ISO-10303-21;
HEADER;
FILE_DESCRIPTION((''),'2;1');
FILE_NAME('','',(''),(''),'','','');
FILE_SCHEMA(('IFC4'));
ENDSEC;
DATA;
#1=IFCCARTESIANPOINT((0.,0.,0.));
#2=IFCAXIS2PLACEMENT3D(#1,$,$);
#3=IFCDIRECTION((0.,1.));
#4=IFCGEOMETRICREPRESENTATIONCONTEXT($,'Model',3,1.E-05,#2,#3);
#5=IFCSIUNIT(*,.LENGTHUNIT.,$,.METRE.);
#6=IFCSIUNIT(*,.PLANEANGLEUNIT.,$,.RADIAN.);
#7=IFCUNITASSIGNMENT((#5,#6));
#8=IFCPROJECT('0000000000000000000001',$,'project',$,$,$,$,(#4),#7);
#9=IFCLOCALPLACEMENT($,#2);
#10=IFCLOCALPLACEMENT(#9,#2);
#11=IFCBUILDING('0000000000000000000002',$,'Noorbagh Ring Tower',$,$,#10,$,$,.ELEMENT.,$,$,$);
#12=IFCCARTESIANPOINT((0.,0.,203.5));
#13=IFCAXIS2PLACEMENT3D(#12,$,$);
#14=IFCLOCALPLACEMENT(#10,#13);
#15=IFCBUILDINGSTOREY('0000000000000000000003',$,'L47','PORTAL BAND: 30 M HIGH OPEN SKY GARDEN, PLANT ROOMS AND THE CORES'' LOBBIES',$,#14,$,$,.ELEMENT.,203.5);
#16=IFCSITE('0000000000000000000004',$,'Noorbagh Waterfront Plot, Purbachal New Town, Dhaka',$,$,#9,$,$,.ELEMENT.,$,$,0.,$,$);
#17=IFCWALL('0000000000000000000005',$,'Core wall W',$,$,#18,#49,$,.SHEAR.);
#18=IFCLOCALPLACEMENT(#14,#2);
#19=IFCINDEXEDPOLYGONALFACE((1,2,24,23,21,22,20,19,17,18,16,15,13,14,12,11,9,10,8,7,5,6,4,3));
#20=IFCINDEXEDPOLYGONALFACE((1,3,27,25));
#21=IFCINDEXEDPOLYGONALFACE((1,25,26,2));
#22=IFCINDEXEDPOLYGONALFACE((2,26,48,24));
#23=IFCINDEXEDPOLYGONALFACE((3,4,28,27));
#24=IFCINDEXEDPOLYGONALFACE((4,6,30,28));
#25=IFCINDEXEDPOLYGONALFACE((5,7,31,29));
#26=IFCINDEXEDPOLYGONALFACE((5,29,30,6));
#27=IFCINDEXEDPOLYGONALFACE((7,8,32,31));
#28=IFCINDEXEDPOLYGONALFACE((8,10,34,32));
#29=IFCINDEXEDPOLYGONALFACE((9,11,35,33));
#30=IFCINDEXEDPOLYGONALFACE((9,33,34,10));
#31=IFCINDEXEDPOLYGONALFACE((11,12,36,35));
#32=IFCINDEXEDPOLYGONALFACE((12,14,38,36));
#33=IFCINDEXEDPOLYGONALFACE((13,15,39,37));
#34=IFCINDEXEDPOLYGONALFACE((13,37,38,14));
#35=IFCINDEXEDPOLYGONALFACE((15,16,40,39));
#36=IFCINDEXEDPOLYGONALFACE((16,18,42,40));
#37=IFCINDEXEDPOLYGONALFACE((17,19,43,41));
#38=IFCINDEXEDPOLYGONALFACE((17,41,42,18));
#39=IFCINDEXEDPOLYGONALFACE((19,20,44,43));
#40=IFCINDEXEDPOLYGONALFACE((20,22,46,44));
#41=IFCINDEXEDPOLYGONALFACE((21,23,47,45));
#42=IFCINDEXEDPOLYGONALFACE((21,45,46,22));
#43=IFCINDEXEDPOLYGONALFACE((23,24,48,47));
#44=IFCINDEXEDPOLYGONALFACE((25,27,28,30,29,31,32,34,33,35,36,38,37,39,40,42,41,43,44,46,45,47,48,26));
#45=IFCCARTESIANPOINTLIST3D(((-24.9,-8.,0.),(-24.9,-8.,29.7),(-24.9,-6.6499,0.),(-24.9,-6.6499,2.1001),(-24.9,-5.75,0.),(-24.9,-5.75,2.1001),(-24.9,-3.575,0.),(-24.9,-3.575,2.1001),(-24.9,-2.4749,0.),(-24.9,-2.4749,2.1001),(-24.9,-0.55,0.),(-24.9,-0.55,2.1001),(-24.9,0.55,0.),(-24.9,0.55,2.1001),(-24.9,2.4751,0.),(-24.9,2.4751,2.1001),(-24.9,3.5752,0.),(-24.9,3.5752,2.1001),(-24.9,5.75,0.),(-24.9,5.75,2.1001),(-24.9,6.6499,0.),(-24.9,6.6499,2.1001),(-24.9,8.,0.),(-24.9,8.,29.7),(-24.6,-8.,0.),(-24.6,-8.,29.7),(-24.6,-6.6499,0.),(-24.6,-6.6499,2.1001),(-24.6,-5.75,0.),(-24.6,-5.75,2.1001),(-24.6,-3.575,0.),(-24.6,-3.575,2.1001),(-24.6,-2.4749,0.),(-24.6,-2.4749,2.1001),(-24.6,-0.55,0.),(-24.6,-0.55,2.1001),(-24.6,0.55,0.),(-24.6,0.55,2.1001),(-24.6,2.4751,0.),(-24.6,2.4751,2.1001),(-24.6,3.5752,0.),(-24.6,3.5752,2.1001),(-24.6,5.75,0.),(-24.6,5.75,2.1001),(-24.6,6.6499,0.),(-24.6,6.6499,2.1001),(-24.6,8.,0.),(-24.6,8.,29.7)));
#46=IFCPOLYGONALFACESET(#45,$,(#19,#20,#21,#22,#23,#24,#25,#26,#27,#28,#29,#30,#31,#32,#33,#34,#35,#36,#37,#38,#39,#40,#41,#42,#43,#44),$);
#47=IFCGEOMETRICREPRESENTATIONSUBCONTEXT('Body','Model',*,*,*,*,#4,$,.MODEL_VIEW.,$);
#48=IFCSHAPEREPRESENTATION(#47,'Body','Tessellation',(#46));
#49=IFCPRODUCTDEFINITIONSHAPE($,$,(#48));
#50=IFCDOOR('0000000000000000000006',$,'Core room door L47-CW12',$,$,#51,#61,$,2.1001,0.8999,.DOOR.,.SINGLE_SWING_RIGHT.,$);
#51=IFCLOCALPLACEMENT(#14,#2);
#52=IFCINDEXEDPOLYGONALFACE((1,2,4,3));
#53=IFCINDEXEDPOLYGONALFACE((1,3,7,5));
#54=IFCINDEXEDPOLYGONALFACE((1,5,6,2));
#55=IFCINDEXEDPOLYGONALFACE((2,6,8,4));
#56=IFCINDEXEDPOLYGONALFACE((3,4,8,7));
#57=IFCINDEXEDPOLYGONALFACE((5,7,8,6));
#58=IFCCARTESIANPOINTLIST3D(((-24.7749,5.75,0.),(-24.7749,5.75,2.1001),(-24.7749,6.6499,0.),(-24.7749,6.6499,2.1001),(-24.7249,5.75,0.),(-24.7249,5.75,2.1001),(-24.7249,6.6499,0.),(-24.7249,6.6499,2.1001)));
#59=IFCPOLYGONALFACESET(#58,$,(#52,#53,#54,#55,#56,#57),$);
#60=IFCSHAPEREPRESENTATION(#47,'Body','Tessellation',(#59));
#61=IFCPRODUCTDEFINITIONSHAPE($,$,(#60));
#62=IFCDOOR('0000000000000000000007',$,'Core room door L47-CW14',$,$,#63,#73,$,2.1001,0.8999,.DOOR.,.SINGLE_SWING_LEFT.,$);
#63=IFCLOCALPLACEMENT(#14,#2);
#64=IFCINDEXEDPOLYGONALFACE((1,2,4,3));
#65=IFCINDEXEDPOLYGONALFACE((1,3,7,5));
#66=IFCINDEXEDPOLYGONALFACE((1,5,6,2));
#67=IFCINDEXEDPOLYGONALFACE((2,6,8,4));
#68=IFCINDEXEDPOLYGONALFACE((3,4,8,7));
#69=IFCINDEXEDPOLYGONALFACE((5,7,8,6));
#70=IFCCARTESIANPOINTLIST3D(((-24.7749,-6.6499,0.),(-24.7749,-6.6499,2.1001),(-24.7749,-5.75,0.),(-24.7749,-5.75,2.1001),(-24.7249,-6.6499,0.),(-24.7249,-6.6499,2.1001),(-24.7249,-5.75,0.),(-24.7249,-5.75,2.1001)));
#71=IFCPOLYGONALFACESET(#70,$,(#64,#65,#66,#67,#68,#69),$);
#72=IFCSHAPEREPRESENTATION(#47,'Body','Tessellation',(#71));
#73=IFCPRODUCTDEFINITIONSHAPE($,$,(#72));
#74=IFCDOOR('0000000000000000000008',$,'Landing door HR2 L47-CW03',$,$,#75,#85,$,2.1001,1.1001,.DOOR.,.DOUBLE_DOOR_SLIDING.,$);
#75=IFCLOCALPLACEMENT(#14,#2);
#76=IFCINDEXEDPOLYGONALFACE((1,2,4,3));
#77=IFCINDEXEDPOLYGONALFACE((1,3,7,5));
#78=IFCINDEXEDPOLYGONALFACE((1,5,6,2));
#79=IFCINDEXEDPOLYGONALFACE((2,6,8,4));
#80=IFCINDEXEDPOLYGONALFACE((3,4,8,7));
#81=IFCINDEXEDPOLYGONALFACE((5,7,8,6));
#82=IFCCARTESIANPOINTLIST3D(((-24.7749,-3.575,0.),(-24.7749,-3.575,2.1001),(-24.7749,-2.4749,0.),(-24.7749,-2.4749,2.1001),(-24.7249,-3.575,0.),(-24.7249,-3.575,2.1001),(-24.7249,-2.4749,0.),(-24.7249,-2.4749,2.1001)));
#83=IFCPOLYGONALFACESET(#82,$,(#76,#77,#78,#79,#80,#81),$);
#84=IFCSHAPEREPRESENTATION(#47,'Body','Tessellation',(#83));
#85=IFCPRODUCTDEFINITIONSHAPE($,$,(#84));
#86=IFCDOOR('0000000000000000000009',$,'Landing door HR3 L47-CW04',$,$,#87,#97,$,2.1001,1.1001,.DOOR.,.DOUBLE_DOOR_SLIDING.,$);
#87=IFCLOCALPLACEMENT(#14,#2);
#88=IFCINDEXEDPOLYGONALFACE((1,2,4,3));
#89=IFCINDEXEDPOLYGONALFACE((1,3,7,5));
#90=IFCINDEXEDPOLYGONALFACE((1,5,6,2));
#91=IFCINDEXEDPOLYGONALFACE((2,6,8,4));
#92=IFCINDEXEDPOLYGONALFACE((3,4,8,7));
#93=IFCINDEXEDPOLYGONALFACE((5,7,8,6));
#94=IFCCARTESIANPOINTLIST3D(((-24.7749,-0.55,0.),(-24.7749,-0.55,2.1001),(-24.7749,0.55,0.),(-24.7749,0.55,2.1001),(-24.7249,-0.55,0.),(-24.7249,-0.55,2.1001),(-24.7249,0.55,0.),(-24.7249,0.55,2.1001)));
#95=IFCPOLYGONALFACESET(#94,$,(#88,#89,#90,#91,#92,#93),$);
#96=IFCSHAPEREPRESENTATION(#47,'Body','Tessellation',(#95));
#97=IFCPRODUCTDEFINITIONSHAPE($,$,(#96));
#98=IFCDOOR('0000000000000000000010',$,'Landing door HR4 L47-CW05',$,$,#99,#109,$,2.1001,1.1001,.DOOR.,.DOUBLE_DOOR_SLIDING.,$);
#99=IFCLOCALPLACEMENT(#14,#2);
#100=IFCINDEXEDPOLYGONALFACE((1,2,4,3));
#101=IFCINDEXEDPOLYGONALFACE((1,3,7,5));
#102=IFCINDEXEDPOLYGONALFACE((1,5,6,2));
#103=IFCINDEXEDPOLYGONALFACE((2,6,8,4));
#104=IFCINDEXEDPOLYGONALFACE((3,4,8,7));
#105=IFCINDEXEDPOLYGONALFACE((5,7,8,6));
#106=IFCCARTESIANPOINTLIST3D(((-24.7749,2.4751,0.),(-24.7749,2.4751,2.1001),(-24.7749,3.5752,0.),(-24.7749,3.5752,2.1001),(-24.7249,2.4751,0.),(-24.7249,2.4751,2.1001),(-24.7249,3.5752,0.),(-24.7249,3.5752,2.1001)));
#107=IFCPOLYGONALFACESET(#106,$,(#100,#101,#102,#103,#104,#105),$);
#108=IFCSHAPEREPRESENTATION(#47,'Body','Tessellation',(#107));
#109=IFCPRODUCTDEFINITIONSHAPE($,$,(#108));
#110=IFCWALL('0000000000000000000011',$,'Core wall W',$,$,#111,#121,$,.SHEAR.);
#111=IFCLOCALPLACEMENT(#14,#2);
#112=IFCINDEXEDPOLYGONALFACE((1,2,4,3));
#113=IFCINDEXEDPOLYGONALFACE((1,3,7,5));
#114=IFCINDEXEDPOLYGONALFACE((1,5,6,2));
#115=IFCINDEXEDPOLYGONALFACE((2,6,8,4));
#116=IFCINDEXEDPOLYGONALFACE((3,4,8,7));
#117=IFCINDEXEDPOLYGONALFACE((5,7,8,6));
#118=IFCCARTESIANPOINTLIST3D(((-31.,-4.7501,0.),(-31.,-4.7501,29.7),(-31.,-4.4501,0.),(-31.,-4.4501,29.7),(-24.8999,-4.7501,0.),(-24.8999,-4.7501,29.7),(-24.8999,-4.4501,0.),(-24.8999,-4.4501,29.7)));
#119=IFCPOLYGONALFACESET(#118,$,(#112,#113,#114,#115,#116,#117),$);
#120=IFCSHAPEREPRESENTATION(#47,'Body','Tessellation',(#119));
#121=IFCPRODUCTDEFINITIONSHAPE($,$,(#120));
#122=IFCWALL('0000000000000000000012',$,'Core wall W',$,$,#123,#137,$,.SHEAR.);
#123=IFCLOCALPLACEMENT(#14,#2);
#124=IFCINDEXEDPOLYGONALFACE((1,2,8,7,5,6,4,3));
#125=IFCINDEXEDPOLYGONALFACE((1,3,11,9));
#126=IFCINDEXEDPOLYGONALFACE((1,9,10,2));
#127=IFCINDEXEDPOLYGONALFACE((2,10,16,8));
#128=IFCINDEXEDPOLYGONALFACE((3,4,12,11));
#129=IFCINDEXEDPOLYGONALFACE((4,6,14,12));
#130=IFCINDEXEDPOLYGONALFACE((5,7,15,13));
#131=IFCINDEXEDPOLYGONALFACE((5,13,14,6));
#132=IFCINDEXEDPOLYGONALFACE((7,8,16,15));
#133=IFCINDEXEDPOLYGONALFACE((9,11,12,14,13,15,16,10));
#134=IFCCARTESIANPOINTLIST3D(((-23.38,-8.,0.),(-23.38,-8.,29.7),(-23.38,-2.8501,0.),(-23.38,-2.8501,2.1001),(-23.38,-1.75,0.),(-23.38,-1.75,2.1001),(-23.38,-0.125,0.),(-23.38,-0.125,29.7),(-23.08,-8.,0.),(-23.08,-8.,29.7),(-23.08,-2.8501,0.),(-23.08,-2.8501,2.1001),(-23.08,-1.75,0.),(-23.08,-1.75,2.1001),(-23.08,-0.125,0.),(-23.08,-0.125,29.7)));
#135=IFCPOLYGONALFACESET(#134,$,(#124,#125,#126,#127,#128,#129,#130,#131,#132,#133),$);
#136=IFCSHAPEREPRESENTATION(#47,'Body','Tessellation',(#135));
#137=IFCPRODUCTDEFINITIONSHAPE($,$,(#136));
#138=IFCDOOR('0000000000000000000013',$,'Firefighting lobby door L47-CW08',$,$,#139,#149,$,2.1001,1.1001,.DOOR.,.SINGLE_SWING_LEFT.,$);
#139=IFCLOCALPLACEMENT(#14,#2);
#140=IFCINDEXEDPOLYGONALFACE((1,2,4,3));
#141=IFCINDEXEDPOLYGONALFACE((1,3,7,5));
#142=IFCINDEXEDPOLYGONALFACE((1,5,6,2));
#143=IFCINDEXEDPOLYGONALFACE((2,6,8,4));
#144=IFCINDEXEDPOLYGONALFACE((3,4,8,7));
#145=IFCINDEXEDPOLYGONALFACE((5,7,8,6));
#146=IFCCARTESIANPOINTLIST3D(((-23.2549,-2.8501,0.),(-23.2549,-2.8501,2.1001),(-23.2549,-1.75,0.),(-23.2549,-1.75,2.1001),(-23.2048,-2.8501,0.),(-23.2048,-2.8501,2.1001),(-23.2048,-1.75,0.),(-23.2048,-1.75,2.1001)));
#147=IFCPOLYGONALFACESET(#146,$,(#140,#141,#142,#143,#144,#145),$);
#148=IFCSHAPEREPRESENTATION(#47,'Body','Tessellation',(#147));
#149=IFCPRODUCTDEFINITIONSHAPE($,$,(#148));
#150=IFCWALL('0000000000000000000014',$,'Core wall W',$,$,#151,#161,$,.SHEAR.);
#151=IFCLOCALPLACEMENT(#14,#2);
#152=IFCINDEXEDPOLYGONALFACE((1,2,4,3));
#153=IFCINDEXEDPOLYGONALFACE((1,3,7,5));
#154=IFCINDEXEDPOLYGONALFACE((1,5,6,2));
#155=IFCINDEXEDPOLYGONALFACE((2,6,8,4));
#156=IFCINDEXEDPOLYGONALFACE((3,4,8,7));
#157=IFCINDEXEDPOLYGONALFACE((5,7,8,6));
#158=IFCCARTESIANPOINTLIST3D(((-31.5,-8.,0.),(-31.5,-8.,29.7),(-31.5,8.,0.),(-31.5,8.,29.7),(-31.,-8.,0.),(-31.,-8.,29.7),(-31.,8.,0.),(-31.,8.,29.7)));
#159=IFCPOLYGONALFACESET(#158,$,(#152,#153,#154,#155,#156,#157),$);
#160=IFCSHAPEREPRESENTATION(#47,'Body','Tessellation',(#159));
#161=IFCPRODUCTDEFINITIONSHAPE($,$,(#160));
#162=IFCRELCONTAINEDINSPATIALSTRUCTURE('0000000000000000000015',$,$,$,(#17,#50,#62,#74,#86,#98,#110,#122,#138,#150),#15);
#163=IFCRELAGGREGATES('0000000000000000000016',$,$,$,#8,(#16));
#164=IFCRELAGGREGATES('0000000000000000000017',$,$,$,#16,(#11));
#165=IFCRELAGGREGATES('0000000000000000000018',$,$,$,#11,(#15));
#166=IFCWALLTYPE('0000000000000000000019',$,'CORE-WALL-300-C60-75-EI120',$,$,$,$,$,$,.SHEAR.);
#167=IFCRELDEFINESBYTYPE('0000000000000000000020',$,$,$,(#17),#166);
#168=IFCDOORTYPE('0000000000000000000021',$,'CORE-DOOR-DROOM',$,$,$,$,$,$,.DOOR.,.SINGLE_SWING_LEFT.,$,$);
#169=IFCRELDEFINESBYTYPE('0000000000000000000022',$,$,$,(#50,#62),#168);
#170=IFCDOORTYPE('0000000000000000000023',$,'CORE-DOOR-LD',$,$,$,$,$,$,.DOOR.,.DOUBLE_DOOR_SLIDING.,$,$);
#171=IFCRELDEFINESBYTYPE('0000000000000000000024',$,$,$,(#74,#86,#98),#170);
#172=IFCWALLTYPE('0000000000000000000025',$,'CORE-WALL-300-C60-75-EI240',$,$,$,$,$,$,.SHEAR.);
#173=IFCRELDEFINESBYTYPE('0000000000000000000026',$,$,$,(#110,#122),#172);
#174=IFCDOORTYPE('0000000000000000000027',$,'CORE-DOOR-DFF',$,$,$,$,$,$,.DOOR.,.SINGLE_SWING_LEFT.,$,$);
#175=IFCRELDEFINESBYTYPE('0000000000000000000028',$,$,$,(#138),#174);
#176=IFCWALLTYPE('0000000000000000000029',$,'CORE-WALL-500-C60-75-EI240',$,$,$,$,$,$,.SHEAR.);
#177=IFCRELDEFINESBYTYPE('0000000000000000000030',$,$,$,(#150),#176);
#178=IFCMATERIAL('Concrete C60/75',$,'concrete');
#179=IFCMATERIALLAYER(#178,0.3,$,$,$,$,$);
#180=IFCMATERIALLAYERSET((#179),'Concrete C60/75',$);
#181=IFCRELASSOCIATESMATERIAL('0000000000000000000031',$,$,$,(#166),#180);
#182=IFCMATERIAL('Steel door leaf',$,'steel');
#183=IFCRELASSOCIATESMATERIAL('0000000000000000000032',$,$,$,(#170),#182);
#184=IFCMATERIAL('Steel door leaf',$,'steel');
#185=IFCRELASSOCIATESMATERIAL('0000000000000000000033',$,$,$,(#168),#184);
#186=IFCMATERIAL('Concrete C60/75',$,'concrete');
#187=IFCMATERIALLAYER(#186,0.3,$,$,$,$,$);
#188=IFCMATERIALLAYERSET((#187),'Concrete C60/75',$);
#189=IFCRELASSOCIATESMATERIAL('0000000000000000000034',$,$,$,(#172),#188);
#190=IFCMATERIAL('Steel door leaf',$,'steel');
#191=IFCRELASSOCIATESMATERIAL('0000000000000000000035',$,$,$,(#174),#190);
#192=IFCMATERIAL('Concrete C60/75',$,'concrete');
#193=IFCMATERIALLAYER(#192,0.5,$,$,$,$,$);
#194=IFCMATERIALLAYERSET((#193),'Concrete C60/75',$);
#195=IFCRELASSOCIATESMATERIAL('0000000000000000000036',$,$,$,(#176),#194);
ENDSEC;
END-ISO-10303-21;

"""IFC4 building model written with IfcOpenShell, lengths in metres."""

from ifc_helpers import new_model, si_unit, direction, frame, frame_2d, origin, place, context, subcontext, project, spatial, rectangle, extrude, material, layer, layer_set, type_object, element, fill, save


model = new_model("IFC4")

# Units and contexts
model_context = context("Model", 3, precision=1e-05, world=origin(), true_north=direction((0.0, 1.0)))
body_context = subcontext(model_context, "Body", "Model", "MODEL_VIEW")
ifc_project = project(units=[si_unit("LENGTHUNIT", "METRE"), si_unit("PLANEANGLEUNIT", "RADIAN")], contexts=[model_context])

# Site, building, storey
site_placement = place(None, origin())
site = spatial("IfcSite", under=ifc_project, at=site_placement, Name="Noorbagh Waterfront Plot, Purbachal New Town, Dhaka", CompositionType="ELEMENT", RefElevation=0.0)
building_placement = place(site_placement, origin())
building = spatial("IfcBuilding", under=site, at=building_placement, Name="Noorbagh Ring Tower", CompositionType="ELEMENT")
storey_placement = place(building_placement, frame((0.0, 0.0, 203.5)))
storey = spatial("IfcBuildingStorey", under=building, at=storey_placement, Name="L47", Description="PORTAL BAND: 30 M HIGH OPEN SKY GARDEN, PLANT ROOMS AND THE CORES' LOBBIES", CompositionType="ELEMENT", Elevation=203.5)

# Shared definitions
ifc_material_1 = material(Name="Concrete C60/75", Category="concrete")
ifc_layer_1 = layer(ifc_material_1, 0.3)
ifc_layer_set_1 = layer_set([ifc_layer_1], Name="Concrete C60/75")
wall_type_1 = type_object("IfcWallType", Name="CORE-WALL-300-C60-75-EI120", PredefinedType="SHEAR", material=ifc_layer_set_1)

# Wall, openings, doors
ifc_material_2 = material(Name="Steel door leaf", Category="steel")
door_type_1 = type_object("IfcDoorType", Name="CORE-DOOR-LD", OperationType="DOUBLE_DOOR_SLIDING", PredefinedType="DOOR", material=ifc_material_2)
wall_1_placement = place(storey_placement, frame((-24.75, -8.0, 0.0), z_axis=(0.0, 0.0, 1.0), x_axis=(0.0, 1.0, 0.0)))
wall_1 = element("IfcWall", 1, at=wall_1_placement, inside=storey, type_object=wall_type_1, Name="Core wall W", PredefinedType="SHEAR", context=body_context, shape_type="SweptSolid", body=[
    extrude(rectangle(XDim=16.0, YDim=0.3, at=frame_2d((8.0, 0.0))), origin(), (0.0, 0.0, 1.0), 29.7),
])
opening_1_placement = place(wall_1_placement, frame((4.425, 0.0, 0.0)))
opening_1 = element("IfcOpeningElement", 2, at=opening_1_placement, cuts=wall_1, PredefinedType="OPENING", context=body_context, shape_type="SweptSolid", body=[
    extrude(rectangle(XDim=1.1001, YDim=2.1001, at=frame_2d((0.55, 1.05))), frame((0.0, 0.1602, 0.0), z_axis=(0.0, -1.0, 0.0), x_axis=(1.0, 0.0, 0.0)), (0.0, 0.0, 1.0), 0.3201),
])
opening_2_placement = place(wall_1_placement, frame((7.45, 0.0, 0.0)))
opening_2 = element("IfcOpeningElement", 3, at=opening_2_placement, cuts=wall_1, PredefinedType="OPENING", context=body_context, shape_type="SweptSolid", body=[
    extrude(rectangle(XDim=1.1001, YDim=2.1001, at=frame_2d((0.55, 1.05))), frame((0.0, 0.1602, 0.0), z_axis=(0.0, -1.0, 0.0), x_axis=(1.0, 0.0, 0.0)), (0.0, 0.0, 1.0), 0.3201),
])
opening_3_placement = place(wall_1_placement, frame((10.4751, 0.0, 0.0)))
opening_3 = element("IfcOpeningElement", 4, at=opening_3_placement, cuts=wall_1, PredefinedType="OPENING", context=body_context, shape_type="SweptSolid", body=[
    extrude(rectangle(XDim=1.1001, YDim=2.1001, at=frame_2d((0.55, 1.05))), frame((0.0, 0.1602, 0.0), z_axis=(0.0, -1.0, 0.0), x_axis=(1.0, 0.0, 0.0)), (0.0, 0.0, 1.0), 0.3201),
])
opening_4_placement = place(wall_1_placement, frame((13.75, 0.0, 0.0)))
opening_4 = element("IfcOpeningElement", 5, at=opening_4_placement, cuts=wall_1, PredefinedType="OPENING", context=body_context, shape_type="SweptSolid", body=[
    extrude(rectangle(XDim=0.8999, YDim=2.1001, at=frame_2d((0.45, 1.05))), frame((0.0, 0.1602, 0.0), z_axis=(0.0, -1.0, 0.0), x_axis=(1.0, 0.0, 0.0)), (0.0, 0.0, 1.0), 0.3201),
])
opening_5_placement = place(wall_1_placement, frame((1.3501, 0.0, 0.0)))
opening_5 = element("IfcOpeningElement", 6, at=opening_5_placement, cuts=wall_1, PredefinedType="OPENING", context=body_context, shape_type="SweptSolid", body=[
    extrude(rectangle(XDim=0.8999, YDim=2.1001, at=frame_2d((0.45, 1.05))), frame((0.0, 0.1602, 0.0), z_axis=(0.0, -1.0, 0.0), x_axis=(1.0, 0.0, 0.0)), (0.0, 0.0, 1.0), 0.3201),
])
ifc_material_3 = material(Name="Steel door leaf", Category="steel")
door_type_2 = type_object("IfcDoorType", Name="CORE-DOOR-DROOM", OperationType="SINGLE_SWING_LEFT", PredefinedType="DOOR", material=ifc_material_3)
door_1_placement = place(opening_4_placement, origin())
door_1 = element("IfcDoor", 7, at=door_1_placement, inside=storey, type_object=door_type_2, Name="Core room door L47-CW12", OperationType="SINGLE_SWING_RIGHT", OverallHeight=2.1001, OverallWidth=0.8999, PredefinedType="DOOR", context=body_context, shape_type="SweptSolid", body=[
    extrude(rectangle(XDim=0.8999, YDim=2.1001, at=frame_2d((0.45, 1.05))), frame((0.0, 0.0249, 0.0), z_axis=(0.0, -1.0, 0.0), x_axis=(1.0, 0.0, 0.0)), (0.0, 0.0, 1.0), 0.05),
])
fill(opening_4, door_1)
door_2_placement = place(opening_5_placement, origin())
door_2 = element("IfcDoor", 8, at=door_2_placement, inside=storey, type_object=door_type_2, Name="Core room door L47-CW14", OperationType="SINGLE_SWING_LEFT", OverallHeight=2.1001, OverallWidth=0.8999, PredefinedType="DOOR", context=body_context, shape_type="SweptSolid", body=[
    extrude(rectangle(XDim=0.8999, YDim=2.1001, at=frame_2d((0.45, 1.05))), frame((0.0, 0.0249, 0.0), z_axis=(0.0, -1.0, 0.0), x_axis=(1.0, 0.0, 0.0)), (0.0, 0.0, 1.0), 0.05),
])
fill(opening_5, door_2)
door_3_placement = place(opening_1_placement, origin())
door_3 = element("IfcDoor", 9, at=door_3_placement, inside=storey, type_object=door_type_1, Name="Landing door HR2 L47-CW03", OperationType="DOUBLE_DOOR_SLIDING", OverallHeight=2.1001, OverallWidth=1.1001, PredefinedType="DOOR", context=body_context, shape_type="SweptSolid", body=[
    extrude(rectangle(XDim=1.1001, YDim=2.1001, at=frame_2d((0.55, 1.05))), frame((0.0, 0.0249, 0.0), z_axis=(0.0, -1.0, 0.0), x_axis=(1.0, 0.0, 0.0)), (0.0, 0.0, 1.0), 0.05),
])
fill(opening_1, door_3)
door_4_placement = place(opening_2_placement, origin())
door_4 = element("IfcDoor", 10, at=door_4_placement, inside=storey, type_object=door_type_1, Name="Landing door HR3 L47-CW04", OperationType="DOUBLE_DOOR_SLIDING", OverallHeight=2.1001, OverallWidth=1.1001, PredefinedType="DOOR", context=body_context, shape_type="SweptSolid", body=[
    extrude(rectangle(XDim=1.1001, YDim=2.1001, at=frame_2d((0.55, 1.05))), frame((0.0, 0.0249, 0.0), z_axis=(0.0, -1.0, 0.0), x_axis=(1.0, 0.0, 0.0)), (0.0, 0.0, 1.0), 0.05),
])
fill(opening_2, door_4)
door_5_placement = place(opening_3_placement, origin())
door_5 = element("IfcDoor", 11, at=door_5_placement, inside=storey, type_object=door_type_1, Name="Landing door HR4 L47-CW05", OperationType="DOUBLE_DOOR_SLIDING", OverallHeight=2.1001, OverallWidth=1.1001, PredefinedType="DOOR", context=body_context, shape_type="SweptSolid", body=[
    extrude(rectangle(XDim=1.1001, YDim=2.1001, at=frame_2d((0.55, 1.05))), frame((0.0, 0.0249, 0.0), z_axis=(0.0, -1.0, 0.0), x_axis=(1.0, 0.0, 0.0)), (0.0, 0.0, 1.0), 0.05),
])
fill(opening_3, door_5)

# Wall
ifc_material_4 = material(Name="Concrete C60/75", Category="concrete")
ifc_layer_2 = layer(ifc_material_4, 0.3)
ifc_layer_set_2 = layer_set([ifc_layer_2], Name="Concrete C60/75")
wall_type_2 = type_object("IfcWallType", Name="CORE-WALL-300-C60-75-EI240", PredefinedType="SHEAR", material=ifc_layer_set_2)
wall_2_placement = place(storey_placement, frame((-24.8999, -4.6001, 0.0), z_axis=(0.0, 0.0, 1.0), x_axis=(-1.0, 0.0, 0.0)))
element("IfcWall", 12, at=wall_2_placement, inside=storey, type_object=wall_type_2, Name="Core wall W", PredefinedType="SHEAR", context=body_context, shape_type="SweptSolid", body=[
    extrude(rectangle(XDim=6.1001, YDim=0.3, at=frame_2d((3.05, 0.0))), origin(), (0.0, 0.0, 1.0), 29.7),
])

# Wall, opening, door
wall_3_placement = place(storey_placement, frame((-23.23, -8.0, 0.0), z_axis=(0.0, 0.0, 1.0), x_axis=(0.0, 1.0, 0.0)))
wall_3 = element("IfcWall", 13, at=wall_3_placement, inside=storey, type_object=wall_type_2, Name="Core wall W", PredefinedType="SHEAR", context=body_context, shape_type="SweptSolid", body=[
    extrude(rectangle(XDim=7.875, YDim=0.3, at=frame_2d((3.9375, 0.0))), origin(), (0.0, 0.0, 1.0), 29.7),
])
opening_6_placement = place(wall_3_placement, frame((5.1499, 0.0, 0.0)))
opening_6 = element("IfcOpeningElement", 14, at=opening_6_placement, cuts=wall_3, PredefinedType="OPENING", context=body_context, shape_type="SweptSolid", body=[
    extrude(rectangle(XDim=1.1001, YDim=2.1001, at=frame_2d((0.55, 1.05))), frame((0.0, 0.1602, 0.0), z_axis=(0.0, -1.0, 0.0), x_axis=(1.0, 0.0, 0.0)), (0.0, 0.0, 1.0), 0.3201),
])
ifc_material_5 = material(Name="Steel door leaf", Category="steel")
door_type_3 = type_object("IfcDoorType", Name="CORE-DOOR-DFF", OperationType="SINGLE_SWING_LEFT", PredefinedType="DOOR", material=ifc_material_5)
door_6_placement = place(opening_6_placement, origin())
door_6 = element("IfcDoor", 15, at=door_6_placement, inside=storey, type_object=door_type_3, Name="Firefighting lobby door L47-CW08", OperationType="SINGLE_SWING_LEFT", OverallHeight=2.1001, OverallWidth=1.1001, PredefinedType="DOOR", context=body_context, shape_type="SweptSolid", body=[
    extrude(rectangle(XDim=1.1001, YDim=2.1001, at=frame_2d((0.55, 1.05))), frame((0.0, 0.0249, 0.0), z_axis=(0.0, -1.0, 0.0), x_axis=(1.0, 0.0, 0.0)), (0.0, 0.0, 1.0), 0.05),
])
fill(opening_6, door_6)

# Wall
ifc_material_6 = material(Name="Concrete C60/75", Category="concrete")
ifc_layer_3 = layer(ifc_material_6, 0.5)
ifc_layer_set_3 = layer_set([ifc_layer_3], Name="Concrete C60/75")
wall_type_3 = type_object("IfcWallType", Name="CORE-WALL-500-C60-75-EI240", PredefinedType="SHEAR", material=ifc_layer_set_3)
wall_4_placement = place(storey_placement, frame((-31.25, -8.0, 0.0), z_axis=(0.0, 0.0, 1.0), x_axis=(0.0, 1.0, 0.0)))
element("IfcWall", 16, at=wall_4_placement, inside=storey, type_object=wall_type_3, Name="Core wall W", PredefinedType="SHEAR", context=body_context, shape_type="SweptSolid", body=[
    extrude(rectangle(XDim=16.0, YDim=0.5, at=frame_2d((8.0, 0.0))), origin(), (0.0, 0.0, 1.0), 29.7),
])

save(model, "model.ifc")
